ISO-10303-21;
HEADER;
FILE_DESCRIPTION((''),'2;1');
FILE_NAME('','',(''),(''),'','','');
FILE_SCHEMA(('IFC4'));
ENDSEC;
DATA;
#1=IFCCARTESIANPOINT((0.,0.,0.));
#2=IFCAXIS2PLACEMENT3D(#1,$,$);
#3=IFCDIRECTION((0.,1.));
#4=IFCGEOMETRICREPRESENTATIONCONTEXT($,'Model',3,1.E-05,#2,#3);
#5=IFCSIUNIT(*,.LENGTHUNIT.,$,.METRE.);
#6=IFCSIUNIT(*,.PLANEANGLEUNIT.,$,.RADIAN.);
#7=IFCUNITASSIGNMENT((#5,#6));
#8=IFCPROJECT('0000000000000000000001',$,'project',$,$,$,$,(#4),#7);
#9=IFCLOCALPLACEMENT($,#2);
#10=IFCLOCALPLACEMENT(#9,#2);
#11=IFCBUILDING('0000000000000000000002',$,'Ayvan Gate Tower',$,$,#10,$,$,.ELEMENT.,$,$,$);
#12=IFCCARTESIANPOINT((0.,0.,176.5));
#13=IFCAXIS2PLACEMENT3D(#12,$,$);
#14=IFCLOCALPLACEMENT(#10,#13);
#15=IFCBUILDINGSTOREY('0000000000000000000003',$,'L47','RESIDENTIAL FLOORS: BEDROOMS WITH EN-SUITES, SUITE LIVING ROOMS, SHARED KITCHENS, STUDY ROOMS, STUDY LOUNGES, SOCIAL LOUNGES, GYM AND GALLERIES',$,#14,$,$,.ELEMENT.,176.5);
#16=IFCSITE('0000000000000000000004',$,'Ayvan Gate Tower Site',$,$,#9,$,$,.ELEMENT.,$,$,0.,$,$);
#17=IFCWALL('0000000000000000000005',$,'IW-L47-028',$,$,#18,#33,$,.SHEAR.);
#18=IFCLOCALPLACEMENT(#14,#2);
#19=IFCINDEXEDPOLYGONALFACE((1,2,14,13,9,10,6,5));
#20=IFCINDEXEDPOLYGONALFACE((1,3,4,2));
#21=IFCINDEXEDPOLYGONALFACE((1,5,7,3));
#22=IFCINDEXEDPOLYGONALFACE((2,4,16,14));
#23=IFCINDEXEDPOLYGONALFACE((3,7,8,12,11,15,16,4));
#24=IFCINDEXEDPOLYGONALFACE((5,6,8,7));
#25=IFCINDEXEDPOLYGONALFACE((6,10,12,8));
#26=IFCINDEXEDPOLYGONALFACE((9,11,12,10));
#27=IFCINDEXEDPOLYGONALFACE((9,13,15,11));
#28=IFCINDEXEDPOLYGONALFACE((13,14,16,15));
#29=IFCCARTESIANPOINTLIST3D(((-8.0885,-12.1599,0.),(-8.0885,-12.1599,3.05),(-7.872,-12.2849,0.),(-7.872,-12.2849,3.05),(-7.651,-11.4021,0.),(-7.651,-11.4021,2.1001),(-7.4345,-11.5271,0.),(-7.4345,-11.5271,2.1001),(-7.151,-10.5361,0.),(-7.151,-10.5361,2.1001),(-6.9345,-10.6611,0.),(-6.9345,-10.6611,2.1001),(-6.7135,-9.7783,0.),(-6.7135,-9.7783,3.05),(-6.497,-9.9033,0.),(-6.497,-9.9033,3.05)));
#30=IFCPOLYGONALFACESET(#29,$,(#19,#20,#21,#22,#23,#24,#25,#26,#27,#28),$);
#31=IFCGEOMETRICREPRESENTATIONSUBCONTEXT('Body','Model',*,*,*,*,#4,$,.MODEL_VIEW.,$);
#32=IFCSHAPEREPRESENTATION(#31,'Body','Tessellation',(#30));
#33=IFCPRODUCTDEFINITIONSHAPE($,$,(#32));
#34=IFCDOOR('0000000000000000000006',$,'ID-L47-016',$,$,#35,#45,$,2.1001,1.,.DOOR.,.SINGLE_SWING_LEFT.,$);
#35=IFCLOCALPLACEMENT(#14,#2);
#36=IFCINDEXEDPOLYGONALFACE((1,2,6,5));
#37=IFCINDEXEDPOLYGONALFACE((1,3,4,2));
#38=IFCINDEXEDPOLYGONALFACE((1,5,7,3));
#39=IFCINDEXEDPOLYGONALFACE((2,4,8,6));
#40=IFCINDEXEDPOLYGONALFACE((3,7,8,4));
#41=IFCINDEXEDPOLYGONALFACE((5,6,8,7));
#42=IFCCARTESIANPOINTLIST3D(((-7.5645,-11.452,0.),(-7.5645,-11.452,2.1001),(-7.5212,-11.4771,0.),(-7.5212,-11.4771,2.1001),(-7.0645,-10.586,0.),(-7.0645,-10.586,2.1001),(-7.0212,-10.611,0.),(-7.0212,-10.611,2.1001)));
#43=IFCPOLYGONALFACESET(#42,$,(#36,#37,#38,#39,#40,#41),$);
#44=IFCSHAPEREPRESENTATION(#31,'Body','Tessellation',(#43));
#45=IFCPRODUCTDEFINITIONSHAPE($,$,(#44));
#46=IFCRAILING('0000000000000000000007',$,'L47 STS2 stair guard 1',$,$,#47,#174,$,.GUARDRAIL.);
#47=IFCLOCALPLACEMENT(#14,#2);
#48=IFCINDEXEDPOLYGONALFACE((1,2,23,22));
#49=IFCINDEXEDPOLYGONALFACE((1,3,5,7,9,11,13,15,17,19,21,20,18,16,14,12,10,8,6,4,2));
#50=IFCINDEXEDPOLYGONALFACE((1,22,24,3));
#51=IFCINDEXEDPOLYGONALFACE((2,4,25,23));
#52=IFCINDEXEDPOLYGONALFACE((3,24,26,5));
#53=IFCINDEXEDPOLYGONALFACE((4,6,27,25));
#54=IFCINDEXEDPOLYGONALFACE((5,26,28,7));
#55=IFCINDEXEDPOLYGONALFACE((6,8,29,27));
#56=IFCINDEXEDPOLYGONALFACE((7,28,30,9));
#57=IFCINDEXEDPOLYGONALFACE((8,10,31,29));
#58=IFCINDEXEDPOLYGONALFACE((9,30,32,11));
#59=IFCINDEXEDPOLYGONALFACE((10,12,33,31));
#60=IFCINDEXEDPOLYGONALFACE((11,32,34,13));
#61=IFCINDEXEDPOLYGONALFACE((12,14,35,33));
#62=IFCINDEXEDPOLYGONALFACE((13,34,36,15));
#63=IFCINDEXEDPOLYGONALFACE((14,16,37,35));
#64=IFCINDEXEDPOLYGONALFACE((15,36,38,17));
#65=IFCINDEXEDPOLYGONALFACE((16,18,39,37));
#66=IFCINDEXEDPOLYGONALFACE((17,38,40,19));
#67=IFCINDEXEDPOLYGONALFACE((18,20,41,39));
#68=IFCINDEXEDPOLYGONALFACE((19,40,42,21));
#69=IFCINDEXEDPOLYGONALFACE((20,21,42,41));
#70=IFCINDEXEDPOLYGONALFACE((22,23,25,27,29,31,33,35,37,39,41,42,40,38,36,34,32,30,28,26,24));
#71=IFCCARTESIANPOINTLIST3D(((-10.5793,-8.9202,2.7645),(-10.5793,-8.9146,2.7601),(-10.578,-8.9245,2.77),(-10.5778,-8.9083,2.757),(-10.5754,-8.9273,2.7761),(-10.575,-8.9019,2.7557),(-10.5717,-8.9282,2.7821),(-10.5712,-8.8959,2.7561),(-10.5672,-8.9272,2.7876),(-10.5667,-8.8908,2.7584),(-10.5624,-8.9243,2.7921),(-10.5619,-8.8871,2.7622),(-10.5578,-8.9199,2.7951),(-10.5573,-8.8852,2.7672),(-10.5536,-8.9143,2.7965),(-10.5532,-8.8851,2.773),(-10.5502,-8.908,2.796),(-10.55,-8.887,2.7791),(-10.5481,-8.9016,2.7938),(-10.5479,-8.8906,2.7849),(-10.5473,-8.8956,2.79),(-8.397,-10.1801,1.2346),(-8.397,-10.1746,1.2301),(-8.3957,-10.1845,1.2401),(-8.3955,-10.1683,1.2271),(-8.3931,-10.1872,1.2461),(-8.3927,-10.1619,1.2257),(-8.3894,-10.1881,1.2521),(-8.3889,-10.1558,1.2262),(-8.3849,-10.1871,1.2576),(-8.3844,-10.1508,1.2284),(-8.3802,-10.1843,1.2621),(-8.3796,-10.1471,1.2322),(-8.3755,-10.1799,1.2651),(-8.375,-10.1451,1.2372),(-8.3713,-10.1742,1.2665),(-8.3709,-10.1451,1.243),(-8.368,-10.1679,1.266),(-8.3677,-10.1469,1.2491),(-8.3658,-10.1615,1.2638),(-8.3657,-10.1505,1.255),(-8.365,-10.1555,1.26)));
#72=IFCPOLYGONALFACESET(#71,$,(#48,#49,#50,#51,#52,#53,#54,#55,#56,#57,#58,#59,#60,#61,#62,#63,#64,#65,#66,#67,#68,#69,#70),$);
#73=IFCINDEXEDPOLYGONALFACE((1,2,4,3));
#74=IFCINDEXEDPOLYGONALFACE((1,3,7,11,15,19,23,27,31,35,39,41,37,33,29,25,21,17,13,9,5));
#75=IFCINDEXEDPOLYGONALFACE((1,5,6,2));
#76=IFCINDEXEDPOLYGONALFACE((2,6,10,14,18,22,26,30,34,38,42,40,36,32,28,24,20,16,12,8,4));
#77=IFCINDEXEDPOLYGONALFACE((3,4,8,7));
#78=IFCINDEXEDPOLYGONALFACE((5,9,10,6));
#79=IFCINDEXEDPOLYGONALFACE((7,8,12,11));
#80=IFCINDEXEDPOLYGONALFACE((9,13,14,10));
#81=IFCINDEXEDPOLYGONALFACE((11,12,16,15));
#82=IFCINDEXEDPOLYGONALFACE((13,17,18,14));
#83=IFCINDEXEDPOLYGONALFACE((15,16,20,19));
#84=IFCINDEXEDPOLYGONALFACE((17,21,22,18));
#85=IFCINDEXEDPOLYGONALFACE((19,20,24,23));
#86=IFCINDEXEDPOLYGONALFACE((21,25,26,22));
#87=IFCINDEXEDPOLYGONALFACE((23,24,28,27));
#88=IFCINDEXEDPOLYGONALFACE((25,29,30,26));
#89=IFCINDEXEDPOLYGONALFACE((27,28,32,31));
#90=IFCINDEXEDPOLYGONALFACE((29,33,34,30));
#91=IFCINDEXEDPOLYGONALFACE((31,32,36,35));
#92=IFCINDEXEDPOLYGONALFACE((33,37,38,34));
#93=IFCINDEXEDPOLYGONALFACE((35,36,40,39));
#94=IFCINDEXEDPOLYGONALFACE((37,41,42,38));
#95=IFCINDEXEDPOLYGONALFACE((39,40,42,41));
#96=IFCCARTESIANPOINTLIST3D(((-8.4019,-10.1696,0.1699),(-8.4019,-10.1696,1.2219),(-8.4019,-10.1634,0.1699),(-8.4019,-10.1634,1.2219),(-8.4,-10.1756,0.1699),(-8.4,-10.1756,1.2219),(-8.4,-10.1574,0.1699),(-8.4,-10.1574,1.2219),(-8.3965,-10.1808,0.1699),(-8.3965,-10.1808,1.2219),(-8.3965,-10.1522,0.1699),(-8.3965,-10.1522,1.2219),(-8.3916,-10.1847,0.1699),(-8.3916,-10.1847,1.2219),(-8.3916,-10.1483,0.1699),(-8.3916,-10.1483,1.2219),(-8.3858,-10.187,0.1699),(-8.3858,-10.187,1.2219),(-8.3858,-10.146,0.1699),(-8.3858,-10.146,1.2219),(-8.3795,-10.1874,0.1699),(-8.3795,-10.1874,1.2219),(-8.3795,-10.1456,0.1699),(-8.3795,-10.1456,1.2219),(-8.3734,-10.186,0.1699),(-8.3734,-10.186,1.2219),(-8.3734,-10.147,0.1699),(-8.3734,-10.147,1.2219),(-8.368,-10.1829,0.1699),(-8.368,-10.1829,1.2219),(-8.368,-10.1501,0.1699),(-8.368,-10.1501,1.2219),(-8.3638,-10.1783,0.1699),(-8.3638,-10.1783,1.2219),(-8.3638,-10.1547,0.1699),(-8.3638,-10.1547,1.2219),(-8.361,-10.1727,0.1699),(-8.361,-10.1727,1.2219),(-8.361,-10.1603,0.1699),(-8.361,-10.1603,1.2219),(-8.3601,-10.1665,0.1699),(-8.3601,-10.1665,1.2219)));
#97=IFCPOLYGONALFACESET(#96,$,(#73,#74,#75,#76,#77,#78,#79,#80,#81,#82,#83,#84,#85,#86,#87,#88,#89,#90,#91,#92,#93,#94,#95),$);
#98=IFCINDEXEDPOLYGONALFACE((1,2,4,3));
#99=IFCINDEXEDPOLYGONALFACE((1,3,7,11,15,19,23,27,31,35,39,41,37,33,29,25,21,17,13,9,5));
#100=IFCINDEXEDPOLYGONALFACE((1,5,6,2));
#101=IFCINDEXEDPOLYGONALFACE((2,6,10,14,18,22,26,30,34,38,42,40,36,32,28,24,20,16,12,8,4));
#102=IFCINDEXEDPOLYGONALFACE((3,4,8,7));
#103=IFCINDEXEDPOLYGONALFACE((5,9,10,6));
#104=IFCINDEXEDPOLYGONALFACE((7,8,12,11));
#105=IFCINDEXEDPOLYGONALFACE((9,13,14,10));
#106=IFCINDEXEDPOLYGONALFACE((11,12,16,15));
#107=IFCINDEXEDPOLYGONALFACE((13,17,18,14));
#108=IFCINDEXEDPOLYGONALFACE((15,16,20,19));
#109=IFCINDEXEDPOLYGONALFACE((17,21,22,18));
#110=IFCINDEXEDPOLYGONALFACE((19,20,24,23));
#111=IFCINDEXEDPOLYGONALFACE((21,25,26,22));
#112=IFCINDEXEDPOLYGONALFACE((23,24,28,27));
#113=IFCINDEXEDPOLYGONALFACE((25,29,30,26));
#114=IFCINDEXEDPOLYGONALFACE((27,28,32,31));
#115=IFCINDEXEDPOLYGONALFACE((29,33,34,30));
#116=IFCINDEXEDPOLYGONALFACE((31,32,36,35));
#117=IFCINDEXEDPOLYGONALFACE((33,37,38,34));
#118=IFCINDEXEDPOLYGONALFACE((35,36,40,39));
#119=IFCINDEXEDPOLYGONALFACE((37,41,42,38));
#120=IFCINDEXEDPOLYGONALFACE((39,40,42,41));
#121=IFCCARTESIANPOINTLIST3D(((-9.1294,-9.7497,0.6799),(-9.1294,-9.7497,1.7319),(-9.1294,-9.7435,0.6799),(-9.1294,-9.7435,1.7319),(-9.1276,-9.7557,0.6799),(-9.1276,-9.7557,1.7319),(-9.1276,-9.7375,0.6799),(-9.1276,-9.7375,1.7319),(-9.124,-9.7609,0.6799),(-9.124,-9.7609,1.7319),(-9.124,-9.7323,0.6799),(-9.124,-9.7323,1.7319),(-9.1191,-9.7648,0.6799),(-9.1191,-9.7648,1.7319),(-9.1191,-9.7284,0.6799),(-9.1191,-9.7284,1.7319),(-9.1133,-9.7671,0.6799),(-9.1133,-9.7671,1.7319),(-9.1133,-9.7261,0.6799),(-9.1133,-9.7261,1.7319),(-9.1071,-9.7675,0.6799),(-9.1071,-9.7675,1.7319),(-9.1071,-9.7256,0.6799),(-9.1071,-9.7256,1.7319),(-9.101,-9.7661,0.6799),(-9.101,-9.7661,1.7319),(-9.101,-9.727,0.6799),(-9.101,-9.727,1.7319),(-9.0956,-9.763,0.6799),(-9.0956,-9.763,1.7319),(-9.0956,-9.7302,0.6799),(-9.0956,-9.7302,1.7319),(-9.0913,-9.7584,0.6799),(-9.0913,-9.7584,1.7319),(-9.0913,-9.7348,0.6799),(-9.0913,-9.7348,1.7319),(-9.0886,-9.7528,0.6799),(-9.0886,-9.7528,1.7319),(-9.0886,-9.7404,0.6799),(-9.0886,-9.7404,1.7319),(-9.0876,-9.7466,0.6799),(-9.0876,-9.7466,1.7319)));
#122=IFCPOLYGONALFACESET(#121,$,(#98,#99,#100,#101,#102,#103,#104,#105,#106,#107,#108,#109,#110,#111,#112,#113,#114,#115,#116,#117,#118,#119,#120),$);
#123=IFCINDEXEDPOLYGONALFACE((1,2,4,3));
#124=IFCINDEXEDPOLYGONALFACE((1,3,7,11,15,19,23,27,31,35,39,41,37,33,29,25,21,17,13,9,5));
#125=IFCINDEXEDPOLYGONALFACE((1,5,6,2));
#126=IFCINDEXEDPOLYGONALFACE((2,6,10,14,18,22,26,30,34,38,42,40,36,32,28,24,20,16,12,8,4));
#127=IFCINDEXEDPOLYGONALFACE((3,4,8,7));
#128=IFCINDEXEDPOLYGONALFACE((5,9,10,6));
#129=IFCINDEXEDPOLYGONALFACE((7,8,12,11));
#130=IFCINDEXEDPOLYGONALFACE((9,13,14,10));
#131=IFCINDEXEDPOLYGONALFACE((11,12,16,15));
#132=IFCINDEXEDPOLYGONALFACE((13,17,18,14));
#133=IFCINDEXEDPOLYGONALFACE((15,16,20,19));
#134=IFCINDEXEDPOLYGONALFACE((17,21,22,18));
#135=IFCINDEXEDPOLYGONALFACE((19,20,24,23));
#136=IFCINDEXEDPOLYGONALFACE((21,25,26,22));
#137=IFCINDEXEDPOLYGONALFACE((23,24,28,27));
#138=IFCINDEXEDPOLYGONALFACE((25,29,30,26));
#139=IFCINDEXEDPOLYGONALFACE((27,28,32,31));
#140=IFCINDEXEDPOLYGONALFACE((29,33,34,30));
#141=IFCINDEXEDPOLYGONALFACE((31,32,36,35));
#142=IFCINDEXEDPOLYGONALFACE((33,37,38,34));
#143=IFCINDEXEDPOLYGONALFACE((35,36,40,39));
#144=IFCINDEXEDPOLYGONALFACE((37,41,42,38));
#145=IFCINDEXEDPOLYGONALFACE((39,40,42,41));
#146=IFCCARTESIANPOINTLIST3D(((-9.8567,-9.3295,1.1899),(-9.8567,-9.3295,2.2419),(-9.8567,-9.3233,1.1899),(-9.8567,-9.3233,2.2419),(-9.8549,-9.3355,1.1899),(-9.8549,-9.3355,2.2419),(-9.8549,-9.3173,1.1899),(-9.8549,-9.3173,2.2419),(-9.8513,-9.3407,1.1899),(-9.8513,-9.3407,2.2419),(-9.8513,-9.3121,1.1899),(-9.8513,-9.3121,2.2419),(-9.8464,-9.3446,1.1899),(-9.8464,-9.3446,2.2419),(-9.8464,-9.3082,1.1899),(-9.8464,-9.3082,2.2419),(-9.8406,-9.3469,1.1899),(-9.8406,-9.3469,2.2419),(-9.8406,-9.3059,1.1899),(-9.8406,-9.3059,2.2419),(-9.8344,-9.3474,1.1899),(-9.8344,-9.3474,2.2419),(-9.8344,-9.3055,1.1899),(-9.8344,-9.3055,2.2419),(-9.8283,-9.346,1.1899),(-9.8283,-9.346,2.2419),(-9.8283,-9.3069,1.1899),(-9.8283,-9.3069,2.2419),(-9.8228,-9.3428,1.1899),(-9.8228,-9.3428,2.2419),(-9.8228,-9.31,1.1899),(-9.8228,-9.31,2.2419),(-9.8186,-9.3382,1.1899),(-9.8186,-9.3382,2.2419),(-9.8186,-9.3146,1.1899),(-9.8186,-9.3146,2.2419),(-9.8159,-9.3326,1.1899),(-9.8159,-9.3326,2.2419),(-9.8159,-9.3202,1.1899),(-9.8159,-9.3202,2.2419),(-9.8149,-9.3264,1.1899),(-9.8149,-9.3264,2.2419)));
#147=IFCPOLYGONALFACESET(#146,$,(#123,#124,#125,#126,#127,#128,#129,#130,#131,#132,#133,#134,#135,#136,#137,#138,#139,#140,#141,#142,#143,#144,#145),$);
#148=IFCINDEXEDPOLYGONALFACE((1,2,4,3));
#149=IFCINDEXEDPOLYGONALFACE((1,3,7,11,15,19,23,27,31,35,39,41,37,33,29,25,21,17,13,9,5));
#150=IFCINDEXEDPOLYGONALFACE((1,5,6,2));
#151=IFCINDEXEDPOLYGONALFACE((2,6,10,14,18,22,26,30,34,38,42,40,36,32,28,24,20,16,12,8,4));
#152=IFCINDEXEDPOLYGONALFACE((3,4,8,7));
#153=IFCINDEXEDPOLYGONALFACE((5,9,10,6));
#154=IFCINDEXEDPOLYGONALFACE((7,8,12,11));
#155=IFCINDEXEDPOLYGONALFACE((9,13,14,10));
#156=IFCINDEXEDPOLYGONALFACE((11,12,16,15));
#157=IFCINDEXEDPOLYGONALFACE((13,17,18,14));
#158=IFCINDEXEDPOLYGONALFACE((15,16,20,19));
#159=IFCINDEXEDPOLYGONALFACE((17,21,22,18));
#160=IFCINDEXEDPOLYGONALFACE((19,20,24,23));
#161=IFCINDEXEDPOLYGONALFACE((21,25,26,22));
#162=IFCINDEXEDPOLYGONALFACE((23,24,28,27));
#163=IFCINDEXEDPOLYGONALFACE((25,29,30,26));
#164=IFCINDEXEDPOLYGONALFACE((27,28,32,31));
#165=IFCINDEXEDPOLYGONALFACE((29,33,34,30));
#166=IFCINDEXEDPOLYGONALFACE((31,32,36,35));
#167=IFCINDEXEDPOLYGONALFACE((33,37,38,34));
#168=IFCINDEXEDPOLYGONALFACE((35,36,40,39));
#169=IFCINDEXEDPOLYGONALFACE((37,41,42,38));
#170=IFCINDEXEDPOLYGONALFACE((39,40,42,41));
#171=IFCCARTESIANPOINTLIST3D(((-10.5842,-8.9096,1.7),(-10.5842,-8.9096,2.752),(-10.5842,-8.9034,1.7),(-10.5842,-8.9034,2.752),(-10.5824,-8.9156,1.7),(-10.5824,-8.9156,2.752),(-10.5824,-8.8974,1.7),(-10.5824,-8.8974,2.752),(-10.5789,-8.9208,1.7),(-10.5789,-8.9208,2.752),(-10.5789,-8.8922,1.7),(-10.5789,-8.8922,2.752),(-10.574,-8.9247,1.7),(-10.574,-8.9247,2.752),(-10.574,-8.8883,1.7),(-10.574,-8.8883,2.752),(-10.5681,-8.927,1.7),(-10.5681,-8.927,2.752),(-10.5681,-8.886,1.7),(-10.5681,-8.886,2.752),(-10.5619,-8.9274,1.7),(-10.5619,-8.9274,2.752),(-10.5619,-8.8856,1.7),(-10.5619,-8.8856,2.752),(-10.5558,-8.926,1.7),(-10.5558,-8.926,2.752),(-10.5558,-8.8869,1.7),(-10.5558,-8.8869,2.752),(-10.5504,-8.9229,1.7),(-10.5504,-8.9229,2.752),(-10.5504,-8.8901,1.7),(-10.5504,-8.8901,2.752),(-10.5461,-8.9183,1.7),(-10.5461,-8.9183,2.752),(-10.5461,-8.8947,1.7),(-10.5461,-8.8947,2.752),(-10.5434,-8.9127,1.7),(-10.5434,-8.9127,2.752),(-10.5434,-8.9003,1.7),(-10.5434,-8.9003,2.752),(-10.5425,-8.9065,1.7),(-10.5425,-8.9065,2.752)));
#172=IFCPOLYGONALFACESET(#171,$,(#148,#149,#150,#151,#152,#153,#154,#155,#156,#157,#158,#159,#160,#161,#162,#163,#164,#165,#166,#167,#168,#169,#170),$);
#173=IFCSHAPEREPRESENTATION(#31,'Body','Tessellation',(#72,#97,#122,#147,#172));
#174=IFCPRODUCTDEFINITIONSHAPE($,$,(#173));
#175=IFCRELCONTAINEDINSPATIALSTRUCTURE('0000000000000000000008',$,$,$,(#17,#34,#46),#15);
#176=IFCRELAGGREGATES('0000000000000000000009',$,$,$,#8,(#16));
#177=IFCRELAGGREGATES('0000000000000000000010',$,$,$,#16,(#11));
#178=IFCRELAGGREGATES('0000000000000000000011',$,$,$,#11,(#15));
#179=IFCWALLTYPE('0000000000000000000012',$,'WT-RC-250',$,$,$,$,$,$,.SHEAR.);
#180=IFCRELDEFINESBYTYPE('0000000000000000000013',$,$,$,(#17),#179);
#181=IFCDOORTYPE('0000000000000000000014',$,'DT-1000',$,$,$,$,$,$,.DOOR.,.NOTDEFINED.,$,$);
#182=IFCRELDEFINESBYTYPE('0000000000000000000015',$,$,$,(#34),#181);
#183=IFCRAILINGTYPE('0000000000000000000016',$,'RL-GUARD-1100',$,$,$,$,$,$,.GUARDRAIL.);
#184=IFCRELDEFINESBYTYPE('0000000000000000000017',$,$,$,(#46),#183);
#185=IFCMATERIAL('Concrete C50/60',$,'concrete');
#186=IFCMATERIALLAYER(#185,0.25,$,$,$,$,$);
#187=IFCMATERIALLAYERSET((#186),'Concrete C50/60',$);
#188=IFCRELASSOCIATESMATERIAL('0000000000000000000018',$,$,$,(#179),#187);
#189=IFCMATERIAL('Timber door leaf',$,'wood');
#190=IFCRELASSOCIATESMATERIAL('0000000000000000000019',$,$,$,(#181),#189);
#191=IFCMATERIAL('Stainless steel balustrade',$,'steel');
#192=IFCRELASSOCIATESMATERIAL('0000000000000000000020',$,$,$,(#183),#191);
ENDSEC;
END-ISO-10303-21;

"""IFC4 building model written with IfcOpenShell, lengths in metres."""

from ifc_helpers import new_model, si_unit, direction, frame, frame_2d, origin, origin_2d, place, context, subcontext, project, spatial, rectangle, circle, extrude, material, layer, layer_set, type_object, element, fill, save


model = new_model("IFC4")

# Units and contexts
model_context = context("Model", 3, precision=1e-05, world=origin(), true_north=direction((0.0, 1.0)))
body_context = subcontext(model_context, "Body", "Model", "MODEL_VIEW")
ifc_project = project(units=[si_unit("LENGTHUNIT", "METRE"), si_unit("PLANEANGLEUNIT", "RADIAN")], contexts=[model_context])

# Site, building, storey
site_placement = place(None, origin())
site = spatial("IfcSite", under=ifc_project, at=site_placement, Name="Ayvan Gate Tower Site", CompositionType="ELEMENT", RefElevation=0.0)
building_placement = place(site_placement, origin())
building = spatial("IfcBuilding", under=site, at=building_placement, Name="Ayvan Gate Tower", CompositionType="ELEMENT")
storey_placement = place(building_placement, frame((0.0, 0.0, 176.5)))
storey = spatial("IfcBuildingStorey", under=building, at=storey_placement, Name="L47", Description="RESIDENTIAL FLOORS: BEDROOMS WITH EN-SUITES, SUITE LIVING ROOMS, SHARED KITCHENS, STUDY ROOMS, STUDY LOUNGES, SOCIAL LOUNGES, GYM AND GALLERIES", CompositionType="ELEMENT", Elevation=176.5)

# Shared definitions
ifc_material_1 = material(Name="Timber door leaf", Category="wood")

# Wall, opening, door
ifc_material_2 = material(Name="Concrete C50/60", Category="concrete")
ifc_layer_1 = layer(ifc_material_2, 0.25)
ifc_layer_set_1 = layer_set([ifc_layer_1], Name="Concrete C50/60")
wall_type_1 = type_object("IfcWallType", Name="WT-RC-250", PredefinedType="SHEAR", material=ifc_layer_set_1)
wall_1_placement = place(storey_placement, frame((-6.6052, -9.8408, 0.0), z_axis=(0.0, 0.0, 1.0), x_axis=(-0.499997, -0.866027, 0.0)))
wall_1 = element("IfcWall", 1, at=wall_1_placement, inside=storey, type_object=wall_type_1, Name="IW-L47-028", PredefinedType="SHEAR", context=body_context, shape_type="SweptSolid", body=[
    extrude(rectangle(XDim=2.75, YDim=0.25, at=frame_2d((1.375, 0.0))), origin(), (0.0, 0.0, 1.0), 3.05),
])
opening_1_placement = place(wall_1_placement, frame((0.875, 0.0, 0.0)))
opening_1 = element("IfcOpeningElement", 2, at=opening_1_placement, cuts=wall_1, PredefinedType="OPENING", context=body_context, shape_type="SweptSolid", body=[
    extrude(rectangle(XDim=1.0, YDim=2.1001, at=frame_2d((0.5, 1.05))), frame((0.0, 0.135, 0.0), z_axis=(0.0, -1.0, 0.0), x_axis=(1.0, 0.0, 0.0)), (0.0, 0.0, 1.0), 0.27),
])
door_type_1 = type_object("IfcDoorType", Name="DT-1000", OperationType="NOTDEFINED", PredefinedType="DOOR", material=ifc_material_1)
door_1_placement = place(opening_1_placement, origin())
door_1 = element("IfcDoor", 3, at=door_1_placement, inside=storey, type_object=door_type_1, Name="ID-L47-016", OperationType="SINGLE_SWING_LEFT", OverallHeight=2.1001, OverallWidth=1.0, PredefinedType="DOOR", context=body_context, shape_type="SweptSolid", body=[
    extrude(rectangle(XDim=1.0, YDim=2.1001, at=frame_2d((0.5, 1.05))), frame((0.0, 0.0249, 0.0), z_axis=(0.0, -1.0, 0.0), x_axis=(1.0, 0.0, 0.0)), (0.0, 0.0, 1.0), 0.05),
])
fill(opening_1, door_1)

# Railing
ifc_material_3 = material(Name="Stainless steel balustrade", Category="steel")
railing_type_1 = type_object("IfcRailingType", Name="RL-GUARD-1100", PredefinedType="GUARDRAIL", material=ifc_material_3)
railing_1_placement = place(storey_placement, frame((-8.3811, -10.1665, 0.1699)))
element("IfcRailing", 4, at=railing_1_placement, inside=storey, type_object=railing_type_1, Name="L47 STS2 stair guard 1", PredefinedType="GUARDRAIL", context=body_context, shape_type="SweptSolid", body=[
    extrude(circle(Radius=0.0239, at=origin_2d()), frame((0.0, 0.0, 1.0762), z_axis=(-0.740261, 0.427395, 0.518986), x_axis=(-0.500005, -0.866023, 0.0)), (0.0, 0.0, 1.0), 2.948),
    extrude(circle(Radius=0.021, at=origin_2d()), origin(), (0.0, 0.0, 1.0), 1.052),
    extrude(circle(Radius=0.021, at=origin_2d()), frame((-0.7275, 0.4199, 0.51)), (0.0, 0.0, 1.0), 1.052),
    extrude(circle(Radius=0.021, at=origin_2d()), frame((-1.4548, 0.8401, 1.02)), (0.0, 0.0, 1.0), 1.052),
    extrude(circle(Radius=0.021, at=origin_2d()), frame((-2.1824, 1.26, 1.53)), (0.0, 0.0, 1.0), 1.052),
])

save(model, "model.ifc")
